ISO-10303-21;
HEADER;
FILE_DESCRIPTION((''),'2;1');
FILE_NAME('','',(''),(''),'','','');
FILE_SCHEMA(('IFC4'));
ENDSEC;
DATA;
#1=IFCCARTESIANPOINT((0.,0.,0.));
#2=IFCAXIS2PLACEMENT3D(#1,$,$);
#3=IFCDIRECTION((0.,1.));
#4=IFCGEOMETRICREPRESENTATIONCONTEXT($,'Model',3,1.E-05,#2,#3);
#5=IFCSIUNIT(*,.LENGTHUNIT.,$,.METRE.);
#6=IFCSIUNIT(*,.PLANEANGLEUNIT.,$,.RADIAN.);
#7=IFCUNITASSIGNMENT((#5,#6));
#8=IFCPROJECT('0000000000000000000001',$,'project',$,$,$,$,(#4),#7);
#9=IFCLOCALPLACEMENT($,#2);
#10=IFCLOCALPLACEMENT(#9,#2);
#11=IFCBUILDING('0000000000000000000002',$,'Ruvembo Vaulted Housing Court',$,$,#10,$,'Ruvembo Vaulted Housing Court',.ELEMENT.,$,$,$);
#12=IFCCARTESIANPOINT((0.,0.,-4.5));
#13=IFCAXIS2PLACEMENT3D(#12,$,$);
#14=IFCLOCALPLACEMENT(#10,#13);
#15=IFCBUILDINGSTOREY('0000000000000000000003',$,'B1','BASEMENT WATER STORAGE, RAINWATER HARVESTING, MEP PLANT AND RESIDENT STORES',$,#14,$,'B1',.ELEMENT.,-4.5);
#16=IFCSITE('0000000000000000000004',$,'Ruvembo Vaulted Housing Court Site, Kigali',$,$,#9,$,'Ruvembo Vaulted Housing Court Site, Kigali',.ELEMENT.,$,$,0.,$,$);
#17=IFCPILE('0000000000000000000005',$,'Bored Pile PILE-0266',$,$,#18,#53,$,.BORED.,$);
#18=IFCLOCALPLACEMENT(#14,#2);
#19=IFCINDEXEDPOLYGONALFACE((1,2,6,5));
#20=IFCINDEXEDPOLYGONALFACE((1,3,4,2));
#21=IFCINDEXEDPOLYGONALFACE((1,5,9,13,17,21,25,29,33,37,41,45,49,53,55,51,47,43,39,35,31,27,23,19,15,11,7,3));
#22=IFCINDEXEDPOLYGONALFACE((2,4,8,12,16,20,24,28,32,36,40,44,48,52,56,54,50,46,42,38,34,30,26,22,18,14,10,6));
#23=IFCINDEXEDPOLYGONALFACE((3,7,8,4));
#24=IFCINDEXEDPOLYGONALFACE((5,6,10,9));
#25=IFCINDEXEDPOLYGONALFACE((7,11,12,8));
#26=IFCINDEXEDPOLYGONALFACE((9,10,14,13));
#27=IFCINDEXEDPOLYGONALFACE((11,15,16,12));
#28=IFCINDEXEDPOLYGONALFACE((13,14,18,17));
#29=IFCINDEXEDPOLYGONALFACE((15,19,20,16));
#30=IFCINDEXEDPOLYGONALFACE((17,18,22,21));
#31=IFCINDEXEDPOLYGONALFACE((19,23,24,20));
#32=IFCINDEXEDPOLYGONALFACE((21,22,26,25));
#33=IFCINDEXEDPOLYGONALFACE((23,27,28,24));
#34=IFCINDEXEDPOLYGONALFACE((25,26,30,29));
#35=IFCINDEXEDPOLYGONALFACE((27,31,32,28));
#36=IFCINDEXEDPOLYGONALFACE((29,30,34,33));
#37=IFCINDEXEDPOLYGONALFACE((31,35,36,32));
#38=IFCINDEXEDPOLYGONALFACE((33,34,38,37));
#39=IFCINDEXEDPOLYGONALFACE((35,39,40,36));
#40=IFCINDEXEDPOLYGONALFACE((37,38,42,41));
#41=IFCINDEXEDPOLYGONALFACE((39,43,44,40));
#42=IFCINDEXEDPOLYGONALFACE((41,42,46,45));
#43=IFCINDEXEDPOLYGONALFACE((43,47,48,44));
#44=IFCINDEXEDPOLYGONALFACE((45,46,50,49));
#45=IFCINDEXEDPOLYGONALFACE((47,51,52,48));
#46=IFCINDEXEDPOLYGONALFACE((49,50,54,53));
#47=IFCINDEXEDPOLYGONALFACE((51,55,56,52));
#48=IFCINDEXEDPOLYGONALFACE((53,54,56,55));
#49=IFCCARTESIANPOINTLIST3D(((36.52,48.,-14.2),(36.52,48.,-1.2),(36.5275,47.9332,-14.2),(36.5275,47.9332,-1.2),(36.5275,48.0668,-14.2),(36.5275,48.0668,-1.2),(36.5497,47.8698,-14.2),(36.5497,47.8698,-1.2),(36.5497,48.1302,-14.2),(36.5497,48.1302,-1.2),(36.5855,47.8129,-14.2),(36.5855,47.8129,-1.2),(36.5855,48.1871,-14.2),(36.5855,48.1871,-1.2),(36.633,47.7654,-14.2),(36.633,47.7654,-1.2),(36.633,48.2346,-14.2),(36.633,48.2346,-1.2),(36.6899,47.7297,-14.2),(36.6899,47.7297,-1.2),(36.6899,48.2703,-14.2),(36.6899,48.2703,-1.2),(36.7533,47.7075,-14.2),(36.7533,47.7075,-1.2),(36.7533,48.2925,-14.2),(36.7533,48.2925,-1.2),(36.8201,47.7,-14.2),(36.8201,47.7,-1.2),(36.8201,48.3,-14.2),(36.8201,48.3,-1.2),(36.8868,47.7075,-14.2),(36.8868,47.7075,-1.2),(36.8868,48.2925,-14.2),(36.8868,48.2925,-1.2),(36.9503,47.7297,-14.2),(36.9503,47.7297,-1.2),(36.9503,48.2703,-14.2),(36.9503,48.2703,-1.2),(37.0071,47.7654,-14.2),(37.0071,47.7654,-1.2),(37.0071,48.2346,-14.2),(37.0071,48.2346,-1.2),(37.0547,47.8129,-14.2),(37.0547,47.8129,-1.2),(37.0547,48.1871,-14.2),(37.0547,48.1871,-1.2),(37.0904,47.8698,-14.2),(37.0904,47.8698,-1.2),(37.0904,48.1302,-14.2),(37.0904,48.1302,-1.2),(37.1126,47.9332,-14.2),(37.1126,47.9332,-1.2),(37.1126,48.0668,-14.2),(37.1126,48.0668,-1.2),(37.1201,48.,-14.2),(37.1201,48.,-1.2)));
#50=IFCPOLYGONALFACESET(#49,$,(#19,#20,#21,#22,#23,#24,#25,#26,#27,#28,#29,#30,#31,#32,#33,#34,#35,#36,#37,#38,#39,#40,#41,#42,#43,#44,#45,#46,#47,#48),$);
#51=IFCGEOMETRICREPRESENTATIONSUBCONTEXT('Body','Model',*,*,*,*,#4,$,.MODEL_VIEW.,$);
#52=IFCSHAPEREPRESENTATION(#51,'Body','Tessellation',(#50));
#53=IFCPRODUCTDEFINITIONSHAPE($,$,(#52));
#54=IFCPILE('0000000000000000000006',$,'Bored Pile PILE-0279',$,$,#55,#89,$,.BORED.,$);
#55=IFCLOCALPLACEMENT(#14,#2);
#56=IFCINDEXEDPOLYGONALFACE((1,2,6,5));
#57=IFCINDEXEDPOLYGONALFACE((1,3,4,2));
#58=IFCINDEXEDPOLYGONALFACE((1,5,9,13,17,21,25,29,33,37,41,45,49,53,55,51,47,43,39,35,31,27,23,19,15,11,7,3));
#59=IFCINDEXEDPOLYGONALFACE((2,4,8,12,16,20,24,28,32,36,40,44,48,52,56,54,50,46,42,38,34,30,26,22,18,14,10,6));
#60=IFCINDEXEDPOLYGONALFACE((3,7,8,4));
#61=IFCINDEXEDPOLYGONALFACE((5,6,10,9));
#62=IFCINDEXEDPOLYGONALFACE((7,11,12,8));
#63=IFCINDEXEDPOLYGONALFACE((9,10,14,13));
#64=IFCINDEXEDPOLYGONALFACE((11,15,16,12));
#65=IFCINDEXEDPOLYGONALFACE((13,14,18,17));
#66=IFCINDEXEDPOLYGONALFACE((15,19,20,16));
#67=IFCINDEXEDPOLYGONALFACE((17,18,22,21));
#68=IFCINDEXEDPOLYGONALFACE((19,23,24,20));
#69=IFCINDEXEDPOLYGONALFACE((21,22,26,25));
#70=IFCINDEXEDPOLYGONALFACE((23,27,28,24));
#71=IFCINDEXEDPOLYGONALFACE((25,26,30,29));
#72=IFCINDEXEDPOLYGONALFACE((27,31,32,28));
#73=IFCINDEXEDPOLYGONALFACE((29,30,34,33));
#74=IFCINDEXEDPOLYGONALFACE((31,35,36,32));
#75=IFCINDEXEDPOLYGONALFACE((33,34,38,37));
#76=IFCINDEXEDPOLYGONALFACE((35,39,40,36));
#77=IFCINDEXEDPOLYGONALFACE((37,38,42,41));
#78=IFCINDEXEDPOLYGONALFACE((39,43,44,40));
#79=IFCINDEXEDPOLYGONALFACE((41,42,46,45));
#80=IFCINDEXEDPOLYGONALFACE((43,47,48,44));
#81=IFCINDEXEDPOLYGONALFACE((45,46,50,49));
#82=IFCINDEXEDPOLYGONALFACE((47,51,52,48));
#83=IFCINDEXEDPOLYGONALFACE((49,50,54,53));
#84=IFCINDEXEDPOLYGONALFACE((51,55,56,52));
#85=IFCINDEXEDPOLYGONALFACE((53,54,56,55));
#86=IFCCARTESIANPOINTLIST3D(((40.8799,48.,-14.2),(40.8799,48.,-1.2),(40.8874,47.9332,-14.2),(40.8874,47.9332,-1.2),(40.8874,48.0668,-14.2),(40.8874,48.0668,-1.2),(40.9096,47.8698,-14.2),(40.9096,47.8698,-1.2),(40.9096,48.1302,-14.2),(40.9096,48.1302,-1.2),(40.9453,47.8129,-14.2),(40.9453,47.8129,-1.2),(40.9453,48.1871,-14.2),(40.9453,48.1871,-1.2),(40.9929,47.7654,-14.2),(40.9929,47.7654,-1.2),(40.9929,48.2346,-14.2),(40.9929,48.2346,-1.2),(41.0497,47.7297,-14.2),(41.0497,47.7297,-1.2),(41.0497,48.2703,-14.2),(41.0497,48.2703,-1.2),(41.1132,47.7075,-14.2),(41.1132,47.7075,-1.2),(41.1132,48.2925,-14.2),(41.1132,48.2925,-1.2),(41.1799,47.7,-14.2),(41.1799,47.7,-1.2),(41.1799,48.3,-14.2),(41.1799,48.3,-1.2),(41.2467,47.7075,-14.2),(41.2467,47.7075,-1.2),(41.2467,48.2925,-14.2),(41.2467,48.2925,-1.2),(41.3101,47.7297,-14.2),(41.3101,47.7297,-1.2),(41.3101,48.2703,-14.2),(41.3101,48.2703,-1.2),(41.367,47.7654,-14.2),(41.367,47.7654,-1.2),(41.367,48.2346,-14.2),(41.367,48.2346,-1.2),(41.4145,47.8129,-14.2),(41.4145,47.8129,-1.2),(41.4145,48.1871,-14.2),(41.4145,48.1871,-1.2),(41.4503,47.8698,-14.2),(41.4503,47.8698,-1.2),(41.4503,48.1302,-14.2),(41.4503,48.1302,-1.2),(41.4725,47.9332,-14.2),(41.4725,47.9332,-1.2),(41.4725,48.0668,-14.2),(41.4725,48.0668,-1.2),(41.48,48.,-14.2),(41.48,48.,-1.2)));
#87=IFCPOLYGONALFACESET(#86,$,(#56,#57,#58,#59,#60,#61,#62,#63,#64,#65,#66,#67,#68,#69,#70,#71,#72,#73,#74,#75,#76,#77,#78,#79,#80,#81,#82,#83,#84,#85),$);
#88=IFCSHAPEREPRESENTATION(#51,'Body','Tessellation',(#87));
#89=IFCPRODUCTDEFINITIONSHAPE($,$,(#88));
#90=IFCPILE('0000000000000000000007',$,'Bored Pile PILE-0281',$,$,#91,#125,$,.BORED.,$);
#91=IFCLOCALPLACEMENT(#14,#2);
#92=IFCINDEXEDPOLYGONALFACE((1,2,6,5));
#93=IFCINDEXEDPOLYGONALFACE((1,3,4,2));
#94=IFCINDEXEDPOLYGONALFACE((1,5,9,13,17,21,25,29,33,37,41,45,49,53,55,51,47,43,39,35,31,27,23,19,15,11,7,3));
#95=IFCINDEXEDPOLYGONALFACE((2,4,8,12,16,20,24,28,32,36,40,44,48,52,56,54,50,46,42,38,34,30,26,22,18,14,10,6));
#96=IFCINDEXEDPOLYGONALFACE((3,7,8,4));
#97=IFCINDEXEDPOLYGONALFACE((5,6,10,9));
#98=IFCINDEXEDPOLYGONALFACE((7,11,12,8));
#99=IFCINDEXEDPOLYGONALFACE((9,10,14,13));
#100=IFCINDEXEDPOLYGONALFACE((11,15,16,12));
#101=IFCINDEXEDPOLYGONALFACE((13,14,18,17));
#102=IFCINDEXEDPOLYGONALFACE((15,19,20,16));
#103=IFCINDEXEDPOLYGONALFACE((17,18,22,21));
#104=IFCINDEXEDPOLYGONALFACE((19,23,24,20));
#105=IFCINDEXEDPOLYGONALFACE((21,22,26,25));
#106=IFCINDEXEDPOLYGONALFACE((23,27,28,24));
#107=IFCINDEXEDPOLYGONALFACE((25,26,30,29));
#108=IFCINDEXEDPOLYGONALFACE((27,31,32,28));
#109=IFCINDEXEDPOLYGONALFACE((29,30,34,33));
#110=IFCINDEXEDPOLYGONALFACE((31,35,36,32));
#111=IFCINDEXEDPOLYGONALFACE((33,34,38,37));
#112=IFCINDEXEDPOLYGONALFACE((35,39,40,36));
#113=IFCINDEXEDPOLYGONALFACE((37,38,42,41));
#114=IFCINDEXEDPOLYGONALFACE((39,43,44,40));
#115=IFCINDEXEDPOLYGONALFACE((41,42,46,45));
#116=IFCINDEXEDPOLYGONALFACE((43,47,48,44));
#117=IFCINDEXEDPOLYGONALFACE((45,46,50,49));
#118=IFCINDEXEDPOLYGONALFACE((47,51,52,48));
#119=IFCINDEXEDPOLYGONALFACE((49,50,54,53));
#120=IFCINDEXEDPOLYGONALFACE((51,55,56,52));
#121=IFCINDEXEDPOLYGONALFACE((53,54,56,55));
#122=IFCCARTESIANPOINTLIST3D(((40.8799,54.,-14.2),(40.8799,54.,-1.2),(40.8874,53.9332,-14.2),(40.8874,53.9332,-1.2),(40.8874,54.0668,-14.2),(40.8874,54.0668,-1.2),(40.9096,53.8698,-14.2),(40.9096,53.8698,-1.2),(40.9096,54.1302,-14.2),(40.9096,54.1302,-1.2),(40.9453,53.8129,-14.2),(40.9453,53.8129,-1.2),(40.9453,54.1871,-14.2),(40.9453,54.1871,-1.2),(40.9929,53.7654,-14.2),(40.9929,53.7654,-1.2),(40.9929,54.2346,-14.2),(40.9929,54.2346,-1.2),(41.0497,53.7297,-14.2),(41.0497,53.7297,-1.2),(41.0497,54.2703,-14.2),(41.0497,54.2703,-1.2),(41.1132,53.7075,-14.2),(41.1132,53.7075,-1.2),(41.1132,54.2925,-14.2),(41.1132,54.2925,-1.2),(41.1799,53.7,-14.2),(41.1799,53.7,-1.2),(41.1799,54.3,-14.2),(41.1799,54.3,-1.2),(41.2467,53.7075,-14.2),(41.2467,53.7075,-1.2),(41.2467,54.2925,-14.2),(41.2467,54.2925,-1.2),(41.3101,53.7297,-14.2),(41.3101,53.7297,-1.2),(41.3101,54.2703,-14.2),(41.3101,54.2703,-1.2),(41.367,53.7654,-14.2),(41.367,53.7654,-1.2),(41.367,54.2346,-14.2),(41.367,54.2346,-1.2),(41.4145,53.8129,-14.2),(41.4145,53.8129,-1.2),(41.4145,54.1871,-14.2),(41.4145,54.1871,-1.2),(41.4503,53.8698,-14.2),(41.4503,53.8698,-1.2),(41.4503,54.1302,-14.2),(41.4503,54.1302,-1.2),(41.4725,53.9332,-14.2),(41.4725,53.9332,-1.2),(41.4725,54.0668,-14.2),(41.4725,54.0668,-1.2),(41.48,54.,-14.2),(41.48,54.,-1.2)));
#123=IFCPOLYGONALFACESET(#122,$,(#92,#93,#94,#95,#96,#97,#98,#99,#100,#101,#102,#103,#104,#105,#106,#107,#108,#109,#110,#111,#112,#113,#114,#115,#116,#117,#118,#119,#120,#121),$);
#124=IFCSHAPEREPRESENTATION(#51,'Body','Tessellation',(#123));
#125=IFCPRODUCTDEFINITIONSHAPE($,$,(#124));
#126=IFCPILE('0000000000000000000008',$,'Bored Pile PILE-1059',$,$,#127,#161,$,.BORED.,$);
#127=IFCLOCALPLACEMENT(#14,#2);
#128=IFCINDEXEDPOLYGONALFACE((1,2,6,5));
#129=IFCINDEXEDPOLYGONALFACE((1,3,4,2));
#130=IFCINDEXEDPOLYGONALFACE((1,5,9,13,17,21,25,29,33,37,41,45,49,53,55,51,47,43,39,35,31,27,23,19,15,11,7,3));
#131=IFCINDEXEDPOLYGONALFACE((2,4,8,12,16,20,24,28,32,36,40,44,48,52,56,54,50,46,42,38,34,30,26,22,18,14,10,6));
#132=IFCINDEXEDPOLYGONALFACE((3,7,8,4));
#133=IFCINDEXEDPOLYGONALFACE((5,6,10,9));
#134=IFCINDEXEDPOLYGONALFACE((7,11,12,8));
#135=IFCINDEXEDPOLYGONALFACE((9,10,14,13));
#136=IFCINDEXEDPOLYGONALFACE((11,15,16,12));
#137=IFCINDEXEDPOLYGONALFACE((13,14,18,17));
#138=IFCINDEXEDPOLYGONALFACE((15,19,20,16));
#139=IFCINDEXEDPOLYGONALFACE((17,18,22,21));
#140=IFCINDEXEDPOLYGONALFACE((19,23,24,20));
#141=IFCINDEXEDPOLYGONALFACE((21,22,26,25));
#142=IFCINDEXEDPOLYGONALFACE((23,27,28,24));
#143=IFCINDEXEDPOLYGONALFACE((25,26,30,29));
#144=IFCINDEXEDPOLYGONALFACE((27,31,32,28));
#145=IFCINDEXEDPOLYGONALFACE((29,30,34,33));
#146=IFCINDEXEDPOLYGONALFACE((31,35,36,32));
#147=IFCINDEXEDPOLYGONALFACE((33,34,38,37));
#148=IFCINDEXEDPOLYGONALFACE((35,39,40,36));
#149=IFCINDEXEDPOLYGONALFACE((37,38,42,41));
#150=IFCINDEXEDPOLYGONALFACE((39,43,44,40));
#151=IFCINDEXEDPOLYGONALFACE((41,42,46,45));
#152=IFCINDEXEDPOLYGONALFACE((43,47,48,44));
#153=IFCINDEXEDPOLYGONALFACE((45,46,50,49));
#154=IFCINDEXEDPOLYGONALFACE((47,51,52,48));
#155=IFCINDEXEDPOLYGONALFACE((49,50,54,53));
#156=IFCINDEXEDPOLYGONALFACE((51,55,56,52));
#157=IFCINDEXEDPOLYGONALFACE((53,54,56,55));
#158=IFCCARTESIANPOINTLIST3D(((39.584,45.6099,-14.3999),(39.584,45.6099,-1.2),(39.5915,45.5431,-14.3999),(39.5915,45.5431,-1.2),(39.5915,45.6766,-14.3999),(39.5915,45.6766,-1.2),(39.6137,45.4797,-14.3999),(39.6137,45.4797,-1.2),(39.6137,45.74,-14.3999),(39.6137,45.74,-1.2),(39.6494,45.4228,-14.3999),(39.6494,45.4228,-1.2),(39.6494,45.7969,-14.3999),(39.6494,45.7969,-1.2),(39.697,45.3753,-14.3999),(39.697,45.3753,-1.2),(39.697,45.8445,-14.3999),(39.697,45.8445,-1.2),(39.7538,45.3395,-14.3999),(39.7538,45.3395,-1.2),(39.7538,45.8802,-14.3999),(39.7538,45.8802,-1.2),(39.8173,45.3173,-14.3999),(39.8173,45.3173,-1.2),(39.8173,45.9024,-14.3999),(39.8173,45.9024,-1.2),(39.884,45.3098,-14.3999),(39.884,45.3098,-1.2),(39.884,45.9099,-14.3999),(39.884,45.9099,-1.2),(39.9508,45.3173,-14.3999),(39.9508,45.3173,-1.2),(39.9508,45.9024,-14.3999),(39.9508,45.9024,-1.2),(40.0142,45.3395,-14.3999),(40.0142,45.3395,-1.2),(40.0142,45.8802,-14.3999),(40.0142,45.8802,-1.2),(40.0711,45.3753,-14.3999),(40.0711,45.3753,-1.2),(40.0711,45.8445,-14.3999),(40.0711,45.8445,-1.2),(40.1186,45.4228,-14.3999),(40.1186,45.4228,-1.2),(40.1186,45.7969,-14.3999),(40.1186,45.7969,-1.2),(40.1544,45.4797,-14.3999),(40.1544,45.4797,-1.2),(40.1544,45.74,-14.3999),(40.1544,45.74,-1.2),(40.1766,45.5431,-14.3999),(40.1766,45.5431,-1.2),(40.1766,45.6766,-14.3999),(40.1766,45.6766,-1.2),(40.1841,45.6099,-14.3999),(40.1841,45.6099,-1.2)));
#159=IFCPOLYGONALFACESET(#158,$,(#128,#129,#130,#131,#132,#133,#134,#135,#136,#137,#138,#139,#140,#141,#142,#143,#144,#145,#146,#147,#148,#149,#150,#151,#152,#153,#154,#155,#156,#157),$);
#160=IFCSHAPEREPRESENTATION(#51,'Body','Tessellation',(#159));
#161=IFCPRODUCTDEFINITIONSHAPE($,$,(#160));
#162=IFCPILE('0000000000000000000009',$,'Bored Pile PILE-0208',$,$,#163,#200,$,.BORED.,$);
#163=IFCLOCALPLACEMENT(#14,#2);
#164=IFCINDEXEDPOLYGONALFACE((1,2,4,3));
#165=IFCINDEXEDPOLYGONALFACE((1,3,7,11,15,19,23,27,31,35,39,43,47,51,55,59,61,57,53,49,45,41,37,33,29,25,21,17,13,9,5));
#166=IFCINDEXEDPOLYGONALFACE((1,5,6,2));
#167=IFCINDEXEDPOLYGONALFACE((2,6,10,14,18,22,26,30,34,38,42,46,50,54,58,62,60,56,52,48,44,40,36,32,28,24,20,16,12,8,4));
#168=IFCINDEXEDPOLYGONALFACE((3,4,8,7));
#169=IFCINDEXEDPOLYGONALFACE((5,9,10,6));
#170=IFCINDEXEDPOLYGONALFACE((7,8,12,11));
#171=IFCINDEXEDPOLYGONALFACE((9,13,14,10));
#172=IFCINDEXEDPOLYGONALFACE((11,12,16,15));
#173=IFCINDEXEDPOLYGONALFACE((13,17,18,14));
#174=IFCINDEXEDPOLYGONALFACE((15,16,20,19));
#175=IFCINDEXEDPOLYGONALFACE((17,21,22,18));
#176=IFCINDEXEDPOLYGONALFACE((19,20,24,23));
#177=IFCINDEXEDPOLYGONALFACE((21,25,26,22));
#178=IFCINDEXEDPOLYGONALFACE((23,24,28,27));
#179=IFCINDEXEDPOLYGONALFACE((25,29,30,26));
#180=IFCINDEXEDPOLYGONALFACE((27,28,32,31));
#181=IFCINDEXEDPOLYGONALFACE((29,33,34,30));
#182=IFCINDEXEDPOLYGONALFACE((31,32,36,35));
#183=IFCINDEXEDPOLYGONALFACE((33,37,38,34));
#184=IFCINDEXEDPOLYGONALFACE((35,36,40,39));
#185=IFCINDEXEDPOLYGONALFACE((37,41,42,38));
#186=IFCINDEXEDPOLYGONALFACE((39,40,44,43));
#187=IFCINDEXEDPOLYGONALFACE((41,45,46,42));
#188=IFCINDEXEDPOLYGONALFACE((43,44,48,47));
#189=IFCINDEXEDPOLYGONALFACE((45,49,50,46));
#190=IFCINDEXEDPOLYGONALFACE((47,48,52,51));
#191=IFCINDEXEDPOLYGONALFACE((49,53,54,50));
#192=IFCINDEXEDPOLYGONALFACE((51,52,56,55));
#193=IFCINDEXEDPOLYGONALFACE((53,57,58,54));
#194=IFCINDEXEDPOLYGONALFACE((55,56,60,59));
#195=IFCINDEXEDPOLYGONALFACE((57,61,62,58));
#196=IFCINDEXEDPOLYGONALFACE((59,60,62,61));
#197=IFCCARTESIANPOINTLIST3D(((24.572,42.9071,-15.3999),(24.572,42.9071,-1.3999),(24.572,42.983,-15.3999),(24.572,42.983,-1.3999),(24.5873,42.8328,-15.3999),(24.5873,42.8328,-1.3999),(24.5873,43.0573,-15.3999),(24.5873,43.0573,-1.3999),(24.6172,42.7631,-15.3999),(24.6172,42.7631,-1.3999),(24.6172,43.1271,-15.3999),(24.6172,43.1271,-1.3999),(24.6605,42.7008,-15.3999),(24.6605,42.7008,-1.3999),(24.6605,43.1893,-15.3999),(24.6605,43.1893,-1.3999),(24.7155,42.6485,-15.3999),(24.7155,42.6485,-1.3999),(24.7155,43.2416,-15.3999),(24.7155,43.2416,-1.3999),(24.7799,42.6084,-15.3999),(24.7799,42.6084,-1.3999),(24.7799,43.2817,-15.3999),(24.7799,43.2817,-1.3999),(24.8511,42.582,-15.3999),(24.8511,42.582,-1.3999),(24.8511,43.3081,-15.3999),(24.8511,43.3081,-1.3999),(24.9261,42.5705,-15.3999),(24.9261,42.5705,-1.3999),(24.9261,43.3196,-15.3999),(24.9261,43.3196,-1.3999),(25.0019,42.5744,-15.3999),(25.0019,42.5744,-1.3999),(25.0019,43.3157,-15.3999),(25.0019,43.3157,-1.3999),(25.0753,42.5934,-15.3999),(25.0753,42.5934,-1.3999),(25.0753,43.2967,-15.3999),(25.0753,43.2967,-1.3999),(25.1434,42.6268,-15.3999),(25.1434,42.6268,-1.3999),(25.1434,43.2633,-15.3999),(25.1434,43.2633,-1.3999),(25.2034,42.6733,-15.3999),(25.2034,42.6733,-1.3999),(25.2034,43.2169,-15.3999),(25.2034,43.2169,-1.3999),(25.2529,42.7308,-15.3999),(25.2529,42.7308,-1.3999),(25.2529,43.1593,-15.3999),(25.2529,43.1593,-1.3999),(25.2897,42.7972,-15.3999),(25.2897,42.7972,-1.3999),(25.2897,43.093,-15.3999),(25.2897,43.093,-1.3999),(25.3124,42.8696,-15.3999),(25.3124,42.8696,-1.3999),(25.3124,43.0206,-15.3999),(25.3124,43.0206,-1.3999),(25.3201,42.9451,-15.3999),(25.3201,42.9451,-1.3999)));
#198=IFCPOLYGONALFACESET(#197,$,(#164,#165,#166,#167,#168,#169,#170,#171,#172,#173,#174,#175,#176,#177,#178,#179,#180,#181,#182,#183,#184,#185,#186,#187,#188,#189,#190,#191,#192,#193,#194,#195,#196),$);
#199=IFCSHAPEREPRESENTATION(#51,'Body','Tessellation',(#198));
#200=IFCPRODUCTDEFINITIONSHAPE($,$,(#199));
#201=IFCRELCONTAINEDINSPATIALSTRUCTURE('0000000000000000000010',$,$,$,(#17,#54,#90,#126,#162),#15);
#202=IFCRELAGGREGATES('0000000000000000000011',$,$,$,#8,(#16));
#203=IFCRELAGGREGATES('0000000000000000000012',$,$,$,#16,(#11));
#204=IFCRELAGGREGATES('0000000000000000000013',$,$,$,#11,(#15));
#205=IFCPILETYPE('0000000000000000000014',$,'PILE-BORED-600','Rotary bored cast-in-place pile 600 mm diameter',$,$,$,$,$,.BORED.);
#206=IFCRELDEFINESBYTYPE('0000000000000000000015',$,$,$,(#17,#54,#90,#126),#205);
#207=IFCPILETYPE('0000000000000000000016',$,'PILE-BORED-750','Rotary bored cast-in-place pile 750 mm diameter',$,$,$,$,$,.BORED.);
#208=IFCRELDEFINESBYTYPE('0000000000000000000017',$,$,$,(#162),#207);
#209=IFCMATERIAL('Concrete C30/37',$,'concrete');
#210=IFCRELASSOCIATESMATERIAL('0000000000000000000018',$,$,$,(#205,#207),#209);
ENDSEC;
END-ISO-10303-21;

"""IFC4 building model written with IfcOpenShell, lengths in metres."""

from ifc_helpers import new_model, si_unit, direction, frame, origin, origin_2d, place, context, subcontext, project, spatial, circle, extrude, material, material_profile, profile_set, type_object, element, save


model = new_model("IFC4")

# Units and contexts
model_context = context("Model", 3, precision=1e-05, world=origin(), true_north=direction((0.0, 1.0)))
body_context = subcontext(model_context, "Body", "Model", "MODEL_VIEW")
ifc_project = project(units=[si_unit("LENGTHUNIT", "METRE"), si_unit("PLANEANGLEUNIT", "RADIAN")], contexts=[model_context])

# Site, building, storey
site_placement = place(None, origin())
site = spatial("IfcSite", under=ifc_project, at=site_placement, Name="Ruvembo Vaulted Housing Court Site, Kigali", LongName="Ruvembo Vaulted Housing Court Site, Kigali", CompositionType="ELEMENT", RefElevation=0.0)
building_placement = place(site_placement, origin())
building = spatial("IfcBuilding", under=site, at=building_placement, Name="Ruvembo Vaulted Housing Court", LongName="Ruvembo Vaulted Housing Court", CompositionType="ELEMENT")
storey_placement = place(building_placement, frame((0.0, 0.0, -4.5)))
storey = spatial("IfcBuildingStorey", under=building, at=storey_placement, Name="B1", Description="BASEMENT WATER STORAGE, RAINWATER HARVESTING, MEP PLANT AND RESIDENT STORES", LongName="B1", CompositionType="ELEMENT", Elevation=-4.5)

# Piles
ifc_material_1 = material(Name="Concrete C30/37", Category="concrete")
ifc_material_profile_1 = material_profile(ifc_material_1, circle(Radius=0.3, at=origin_2d()), Name="PILE D600")
ifc_profile_set_1 = profile_set([ifc_material_profile_1], Name="Concrete C30/37")
pile_type_1 = type_object("IfcPileType", Name="PILE-BORED-600", Description="Rotary bored cast-in-place pile 600 mm diameter", PredefinedType="BORED", material=ifc_profile_set_1)
for number, where, z_axis, x_axis, name in (
    (1, (36.8201, 48.0, -1.2), (0.0, 0.0, -1.0), (1.0, 0.0, 0.0), "Bored Pile PILE-0266"),
    (2, (41.1799, 48.0, -1.2), (0.0, 0.0, -1.0), (1.0, 0.0, 0.0), "Bored Pile PILE-0279"),
    (3, (41.1799, 54.0, -1.2), (0.0, 0.0, -1.0), (1.0, 0.0, 0.0), "Bored Pile PILE-0281"),
):
    element("IfcPile", number, at=place(storey_placement, frame(where, z_axis=z_axis, x_axis=x_axis)), inside=storey, type_object=pile_type_1, Name=name, PredefinedType="BORED", context=body_context, shape_type="SweptSolid", body=[
        extrude(circle(Radius=0.3, at=origin_2d()), origin(), (0.0, 0.0, 1.0), 13.0),
    ])
pile_placement = place(storey_placement, frame((39.884, 45.6099, -1.2), z_axis=(0.0, 0.0, -1.0), x_axis=(1.0, 0.0, 0.0)))
element("IfcPile", 4, at=pile_placement, inside=storey, type_object=pile_type_1, Name="Bored Pile PILE-1059", PredefinedType="BORED", context=body_context, shape_type="SweptSolid", body=[
    extrude(circle(Radius=0.3, at=origin_2d()), origin(), (0.0, 0.0, 1.0), 13.2),
])
ifc_material_profile_2 = material_profile(ifc_material_1, circle(Radius=0.375, at=origin_2d()), Name="PILE D750")
ifc_profile_set_2 = profile_set([ifc_material_profile_2], Name="Concrete C30/37")
pile_type_2 = type_object("IfcPileType", Name="PILE-BORED-750", Description="Rotary bored cast-in-place pile 750 mm diameter", PredefinedType="BORED", material=ifc_profile_set_2)
for number, where, z_axis, x_axis, name in (
    (5, (24.9451, 42.9451, -1.3999), (0.0, 0.0, -1.0), (1.0, 0.0, 0.0), "Bored Pile PILE-0208"),
):
    element("IfcPile", number, at=place(storey_placement, frame(where, z_axis=z_axis, x_axis=x_axis)), inside=storey, type_object=pile_type_2, Name=name, PredefinedType="BORED", context=body_context, shape_type="SweptSolid", body=[
        extrude(circle(Radius=0.375, at=origin_2d()), origin(), (0.0, 0.0, 1.0), 14.0),
    ])

save(model, "model.ifc")
